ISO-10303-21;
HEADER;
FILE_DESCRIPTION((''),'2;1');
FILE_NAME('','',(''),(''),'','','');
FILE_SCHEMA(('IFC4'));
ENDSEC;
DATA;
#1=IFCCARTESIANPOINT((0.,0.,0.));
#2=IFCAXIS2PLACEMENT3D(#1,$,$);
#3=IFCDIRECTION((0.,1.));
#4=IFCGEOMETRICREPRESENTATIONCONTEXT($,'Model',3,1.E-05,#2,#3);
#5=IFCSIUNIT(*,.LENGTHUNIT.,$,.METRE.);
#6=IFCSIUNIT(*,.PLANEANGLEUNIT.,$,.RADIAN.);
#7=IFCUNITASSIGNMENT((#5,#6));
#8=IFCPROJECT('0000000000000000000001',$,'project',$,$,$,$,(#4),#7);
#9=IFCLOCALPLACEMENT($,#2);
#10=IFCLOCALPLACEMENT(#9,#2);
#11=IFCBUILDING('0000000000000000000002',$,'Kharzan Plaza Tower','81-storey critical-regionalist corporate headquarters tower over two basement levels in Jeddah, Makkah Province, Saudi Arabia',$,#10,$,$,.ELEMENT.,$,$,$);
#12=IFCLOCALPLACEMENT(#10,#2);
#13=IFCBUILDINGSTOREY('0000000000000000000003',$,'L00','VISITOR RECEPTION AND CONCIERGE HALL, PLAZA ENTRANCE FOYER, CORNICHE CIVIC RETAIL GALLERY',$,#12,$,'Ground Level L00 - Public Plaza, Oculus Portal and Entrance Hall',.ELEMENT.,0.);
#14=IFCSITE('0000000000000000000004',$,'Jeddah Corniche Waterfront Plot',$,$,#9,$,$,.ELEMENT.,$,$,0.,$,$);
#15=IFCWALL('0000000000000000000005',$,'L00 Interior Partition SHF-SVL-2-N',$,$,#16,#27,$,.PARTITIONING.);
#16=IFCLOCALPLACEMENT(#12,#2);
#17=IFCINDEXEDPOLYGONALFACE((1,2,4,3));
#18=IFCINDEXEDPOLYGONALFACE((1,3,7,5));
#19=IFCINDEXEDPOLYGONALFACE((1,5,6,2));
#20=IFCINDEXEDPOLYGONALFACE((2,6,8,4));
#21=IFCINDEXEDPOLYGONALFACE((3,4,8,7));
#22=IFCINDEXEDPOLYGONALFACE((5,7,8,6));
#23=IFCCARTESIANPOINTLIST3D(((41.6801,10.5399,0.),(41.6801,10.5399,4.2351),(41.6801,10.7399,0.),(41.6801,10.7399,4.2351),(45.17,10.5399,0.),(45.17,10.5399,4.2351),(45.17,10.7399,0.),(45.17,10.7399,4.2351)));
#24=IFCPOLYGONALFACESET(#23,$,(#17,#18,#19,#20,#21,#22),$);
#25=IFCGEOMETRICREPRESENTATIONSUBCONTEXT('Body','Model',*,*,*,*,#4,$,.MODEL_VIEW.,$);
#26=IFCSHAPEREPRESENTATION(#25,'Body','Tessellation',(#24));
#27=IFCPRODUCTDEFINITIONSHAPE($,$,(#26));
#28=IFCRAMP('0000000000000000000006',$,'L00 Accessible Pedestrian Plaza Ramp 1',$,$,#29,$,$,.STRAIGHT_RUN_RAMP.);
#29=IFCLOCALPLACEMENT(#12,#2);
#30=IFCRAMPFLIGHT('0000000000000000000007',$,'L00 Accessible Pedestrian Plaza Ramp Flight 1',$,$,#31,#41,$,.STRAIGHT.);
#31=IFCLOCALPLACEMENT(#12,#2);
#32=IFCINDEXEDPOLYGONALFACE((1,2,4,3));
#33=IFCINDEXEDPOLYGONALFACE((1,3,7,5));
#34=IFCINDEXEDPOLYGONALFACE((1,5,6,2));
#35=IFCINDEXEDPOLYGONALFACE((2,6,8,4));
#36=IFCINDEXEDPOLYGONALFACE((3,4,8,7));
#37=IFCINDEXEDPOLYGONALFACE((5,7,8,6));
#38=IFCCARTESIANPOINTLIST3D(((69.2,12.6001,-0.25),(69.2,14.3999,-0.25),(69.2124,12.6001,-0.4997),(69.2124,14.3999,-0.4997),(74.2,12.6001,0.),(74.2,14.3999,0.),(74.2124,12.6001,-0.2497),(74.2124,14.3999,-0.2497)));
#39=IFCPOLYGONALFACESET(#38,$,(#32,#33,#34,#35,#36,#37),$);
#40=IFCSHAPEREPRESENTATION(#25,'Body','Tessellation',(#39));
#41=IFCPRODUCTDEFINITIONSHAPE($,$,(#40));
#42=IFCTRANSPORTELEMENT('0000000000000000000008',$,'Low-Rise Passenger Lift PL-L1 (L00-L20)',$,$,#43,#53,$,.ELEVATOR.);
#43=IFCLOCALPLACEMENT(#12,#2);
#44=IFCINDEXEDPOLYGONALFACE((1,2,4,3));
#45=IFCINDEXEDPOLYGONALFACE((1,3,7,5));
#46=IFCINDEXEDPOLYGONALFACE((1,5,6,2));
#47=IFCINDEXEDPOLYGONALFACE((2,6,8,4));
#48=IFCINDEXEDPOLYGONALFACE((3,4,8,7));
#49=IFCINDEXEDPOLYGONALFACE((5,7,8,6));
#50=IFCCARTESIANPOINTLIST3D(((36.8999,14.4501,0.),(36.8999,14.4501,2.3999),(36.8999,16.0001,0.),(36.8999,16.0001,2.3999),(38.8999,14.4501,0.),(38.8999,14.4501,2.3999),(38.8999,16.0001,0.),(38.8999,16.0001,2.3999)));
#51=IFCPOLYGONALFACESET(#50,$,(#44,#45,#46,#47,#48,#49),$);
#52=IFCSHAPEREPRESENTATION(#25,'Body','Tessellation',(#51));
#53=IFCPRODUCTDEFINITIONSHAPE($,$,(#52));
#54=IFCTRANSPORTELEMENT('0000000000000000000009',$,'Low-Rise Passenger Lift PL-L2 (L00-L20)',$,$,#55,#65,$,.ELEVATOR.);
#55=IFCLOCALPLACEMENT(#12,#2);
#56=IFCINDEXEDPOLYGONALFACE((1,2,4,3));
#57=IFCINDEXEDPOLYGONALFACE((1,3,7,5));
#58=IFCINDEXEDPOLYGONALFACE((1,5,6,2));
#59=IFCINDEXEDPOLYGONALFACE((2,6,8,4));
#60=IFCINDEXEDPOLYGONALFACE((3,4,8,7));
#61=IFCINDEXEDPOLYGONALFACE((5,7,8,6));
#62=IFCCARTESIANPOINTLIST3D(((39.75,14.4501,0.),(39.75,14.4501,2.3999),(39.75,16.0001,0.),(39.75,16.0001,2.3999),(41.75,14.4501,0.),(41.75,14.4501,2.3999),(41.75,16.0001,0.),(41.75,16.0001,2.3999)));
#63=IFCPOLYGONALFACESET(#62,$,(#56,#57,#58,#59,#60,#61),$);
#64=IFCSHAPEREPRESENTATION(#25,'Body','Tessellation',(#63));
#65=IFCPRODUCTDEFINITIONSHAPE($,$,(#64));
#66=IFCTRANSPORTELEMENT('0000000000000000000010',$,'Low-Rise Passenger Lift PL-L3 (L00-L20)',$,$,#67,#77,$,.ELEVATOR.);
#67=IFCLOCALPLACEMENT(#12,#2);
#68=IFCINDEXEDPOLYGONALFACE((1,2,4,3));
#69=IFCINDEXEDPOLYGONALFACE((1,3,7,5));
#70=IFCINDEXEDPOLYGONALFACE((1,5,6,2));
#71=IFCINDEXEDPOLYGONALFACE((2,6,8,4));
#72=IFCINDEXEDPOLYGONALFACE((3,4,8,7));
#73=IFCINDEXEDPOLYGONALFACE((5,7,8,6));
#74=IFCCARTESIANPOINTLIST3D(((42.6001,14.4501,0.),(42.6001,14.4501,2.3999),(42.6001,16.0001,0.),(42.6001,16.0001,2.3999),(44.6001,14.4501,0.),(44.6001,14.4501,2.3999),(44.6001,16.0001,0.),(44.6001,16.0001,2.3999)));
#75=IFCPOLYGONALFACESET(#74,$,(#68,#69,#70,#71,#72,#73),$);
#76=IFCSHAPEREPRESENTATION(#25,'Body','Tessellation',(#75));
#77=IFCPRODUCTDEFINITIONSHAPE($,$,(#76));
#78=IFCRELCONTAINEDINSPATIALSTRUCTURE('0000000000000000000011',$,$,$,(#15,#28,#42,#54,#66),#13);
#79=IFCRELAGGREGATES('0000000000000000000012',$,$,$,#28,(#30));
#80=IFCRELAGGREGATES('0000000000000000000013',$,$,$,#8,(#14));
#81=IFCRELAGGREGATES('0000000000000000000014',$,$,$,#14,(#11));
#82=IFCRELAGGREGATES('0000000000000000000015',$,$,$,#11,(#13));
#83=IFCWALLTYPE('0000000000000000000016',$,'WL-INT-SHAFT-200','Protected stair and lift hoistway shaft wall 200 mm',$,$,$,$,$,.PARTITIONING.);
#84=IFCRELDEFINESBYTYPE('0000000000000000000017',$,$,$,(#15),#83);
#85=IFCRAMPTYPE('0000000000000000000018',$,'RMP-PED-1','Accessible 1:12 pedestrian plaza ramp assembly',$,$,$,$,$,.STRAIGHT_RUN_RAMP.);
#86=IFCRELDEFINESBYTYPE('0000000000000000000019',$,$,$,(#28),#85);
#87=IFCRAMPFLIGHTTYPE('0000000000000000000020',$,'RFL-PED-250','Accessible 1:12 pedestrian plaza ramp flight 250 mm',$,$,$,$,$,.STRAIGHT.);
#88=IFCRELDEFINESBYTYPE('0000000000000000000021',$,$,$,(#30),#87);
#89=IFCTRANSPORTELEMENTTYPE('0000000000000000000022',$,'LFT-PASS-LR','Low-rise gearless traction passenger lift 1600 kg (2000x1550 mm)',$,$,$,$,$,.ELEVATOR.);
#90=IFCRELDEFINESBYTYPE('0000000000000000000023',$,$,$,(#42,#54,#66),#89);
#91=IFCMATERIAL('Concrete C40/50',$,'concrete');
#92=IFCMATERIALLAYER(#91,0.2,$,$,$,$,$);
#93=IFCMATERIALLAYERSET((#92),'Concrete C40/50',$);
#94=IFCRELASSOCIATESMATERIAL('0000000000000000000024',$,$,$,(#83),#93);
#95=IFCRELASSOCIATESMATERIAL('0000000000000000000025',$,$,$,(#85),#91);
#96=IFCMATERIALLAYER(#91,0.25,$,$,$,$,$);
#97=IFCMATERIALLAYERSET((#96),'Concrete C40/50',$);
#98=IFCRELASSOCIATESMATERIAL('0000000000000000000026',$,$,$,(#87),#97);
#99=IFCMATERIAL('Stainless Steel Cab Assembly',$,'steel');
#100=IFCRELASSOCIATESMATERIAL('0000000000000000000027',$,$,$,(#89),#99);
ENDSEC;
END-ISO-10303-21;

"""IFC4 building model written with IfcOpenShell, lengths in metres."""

from ifc_helpers import new_model, si_unit, direction, frame, frame_2d, origin, origin_2d, place, context, subcontext, project, spatial, polyline, rectangle, outline, extrude, source, transform, mapped, material, layer, layer_set, type_object, element, aggregate, save


model = new_model("IFC4")

# Units and contexts
model_context = context("Model", 3, precision=1e-05, world=origin(), true_north=direction((0.0, 1.0)))
body_context = subcontext(model_context, "Body", "Model", "MODEL_VIEW")
ifc_project = project(units=[si_unit("LENGTHUNIT", "METRE"), si_unit("PLANEANGLEUNIT", "RADIAN")], contexts=[model_context])

# Site, building, storey
site_placement = place(None, origin())
site = spatial("IfcSite", under=ifc_project, at=site_placement, Name="Jeddah Corniche Waterfront Plot", CompositionType="ELEMENT", RefElevation=0.0)
building_placement = place(site_placement, origin())
building = spatial("IfcBuilding", under=site, at=building_placement, Name="Kharzan Plaza Tower", Description="81-storey critical-regionalist corporate headquarters tower over two basement levels in Jeddah, Makkah Province, Saudi Arabia", CompositionType="ELEMENT")
storey_placement = place(building_placement, origin())
storey = spatial("IfcBuildingStorey", under=building, at=storey_placement, Name="L00", Description="VISITOR RECEPTION AND CONCIERGE HALL, PLAZA ENTRANCE FOYER, CORNICHE CIVIC RETAIL GALLERY", LongName="Ground Level L00 - Public Plaza, Oculus Portal and Entrance Hall", CompositionType="ELEMENT", Elevation=0.0)

# Shared definitions
ifc_material_1 = material(Name="Concrete C40/50", Category="concrete")
ifc_layer_1 = layer(ifc_material_1, 0.2)
ifc_layer_set_1 = layer_set([ifc_layer_1], Name="Concrete C40/50")
wall_type_1 = type_object("IfcWallType", Name="WL-INT-SHAFT-200", Description="Protected stair and lift hoistway shaft wall 200 mm", PredefinedType="PARTITIONING", material=ifc_layer_set_1)

# Wall
shared_shape_1 = source(origin(), body_context, "Body", "SweptSolid", [
    extrude(rectangle(XDim=3.49, YDim=0.2, at=frame_2d((1.7451, 0.0))), origin(), (0.0, 0.0, 1.0), 4.2351),
])
wall_1_placement = place(storey_placement, frame((41.6799, 10.6399, 0.0), z_axis=(0.0, 0.0, 1.0), x_axis=(1.0, 0.0, 0.0)))
element("IfcWall", 1, at=wall_1_placement, inside=storey, type_object=wall_type_1, Name="L00 Interior Partition SHF-SVL-2-N", PredefinedType="PARTITIONING", context=body_context, shape_type="MappedRepresentation", body=[
    mapped(shared_shape_1, transform((0.0, 0.0, 0.0), x_axis=(1.0, 0.0, 0.0), y_axis=(0.0, 1.0, 0.0), z_axis=(0.0, 0.0, 1.0))),
])

# Ramp, ramp flight
ramp_type = type_object("IfcRampType", Name="RMP-PED-1", Description="Accessible 1:12 pedestrian plaza ramp assembly", PredefinedType="STRAIGHT_RUN_RAMP", material=ifc_material_1)
ramp_placement = place(storey_placement, origin())
ramp = element("IfcRamp", 2, at=ramp_placement, inside=storey, type_object=ramp_type, Name="L00 Accessible Pedestrian Plaza Ramp 1", PredefinedType="STRAIGHT_RUN_RAMP")
ifc_layer_2 = layer(ifc_material_1, 0.25)
ifc_layer_set_2 = layer_set([ifc_layer_2], Name="Concrete C40/50")
ramp_flight_type = type_object("IfcRampFlightType", Name="RFL-PED-250", Description="Accessible 1:12 pedestrian plaza ramp flight 250 mm", PredefinedType="STRAIGHT", material=ifc_layer_set_2)
ramp_flight_placement = place(storey_placement, frame((69.2, 12.6001, -0.25), z_axis=(-0.049938, 0.0, 0.998752), x_axis=(0.998752, 0.0, 0.049938)))
ramp_flight = element("IfcRampFlight", 3, at=ramp_flight_placement, type_object=ramp_flight_type, Name="L00 Accessible Pedestrian Plaza Ramp Flight 1", PredefinedType="STRAIGHT", context=body_context, shape_type="SweptSolid", body=[
    extrude(outline(polyline([(0.0, 0.0), (5.0062, 0.0), (5.0062, 1.7998), (0.0, 1.7998), (0.0, 0.0)])), origin(), (0.0, 0.0, -1.0), 0.25),
])
aggregate(ramp, [ramp_flight])

# Transport elements
ifc_material_2 = material(Name="Stainless Steel Cab Assembly", Category="steel")
transport_element_type = type_object("IfcTransportElementType", Name="LFT-PASS-LR", Description="Low-rise gearless traction passenger lift 1600 kg (2000x1550 mm)", PredefinedType="ELEVATOR", material=ifc_material_2)
shared_shape_2 = source(origin(), body_context, "Body", "SweptSolid", [
    extrude(rectangle(XDim=2.0, YDim=1.55, at=origin_2d()), origin(), (0.0, 0.0, 1.0), 2.3999),
])
for number, where, z_axis, x_axis, name in (
    (4, (37.8999, 15.2251, 0.0), (0.0, 0.0, 1.0), (1.0, 0.0, 0.0), "Low-Rise Passenger Lift PL-L1 (L00-L20)"),
    (5, (40.75, 15.2251, 0.0), (0.0, 0.0, 1.0), (1.0, 0.0, 0.0), "Low-Rise Passenger Lift PL-L2 (L00-L20)"),
    (6, (43.6001, 15.2251, 0.0), (0.0, 0.0, 1.0), (1.0, 0.0, 0.0), "Low-Rise Passenger Lift PL-L3 (L00-L20)"),
):
    element("IfcTransportElement", number, at=place(storey_placement, frame(where, z_axis=z_axis, x_axis=x_axis)), inside=storey, type_object=transport_element_type, Name=name, PredefinedType="ELEVATOR", context=body_context, shape_type="MappedRepresentation", body=[
        mapped(shared_shape_2, transform((0.0, 0.0, 0.0), x_axis=(1.0, 0.0, 0.0), y_axis=(0.0, 1.0, 0.0), z_axis=(0.0, 0.0, 1.0))),
    ])

save(model, "model.ifc")
